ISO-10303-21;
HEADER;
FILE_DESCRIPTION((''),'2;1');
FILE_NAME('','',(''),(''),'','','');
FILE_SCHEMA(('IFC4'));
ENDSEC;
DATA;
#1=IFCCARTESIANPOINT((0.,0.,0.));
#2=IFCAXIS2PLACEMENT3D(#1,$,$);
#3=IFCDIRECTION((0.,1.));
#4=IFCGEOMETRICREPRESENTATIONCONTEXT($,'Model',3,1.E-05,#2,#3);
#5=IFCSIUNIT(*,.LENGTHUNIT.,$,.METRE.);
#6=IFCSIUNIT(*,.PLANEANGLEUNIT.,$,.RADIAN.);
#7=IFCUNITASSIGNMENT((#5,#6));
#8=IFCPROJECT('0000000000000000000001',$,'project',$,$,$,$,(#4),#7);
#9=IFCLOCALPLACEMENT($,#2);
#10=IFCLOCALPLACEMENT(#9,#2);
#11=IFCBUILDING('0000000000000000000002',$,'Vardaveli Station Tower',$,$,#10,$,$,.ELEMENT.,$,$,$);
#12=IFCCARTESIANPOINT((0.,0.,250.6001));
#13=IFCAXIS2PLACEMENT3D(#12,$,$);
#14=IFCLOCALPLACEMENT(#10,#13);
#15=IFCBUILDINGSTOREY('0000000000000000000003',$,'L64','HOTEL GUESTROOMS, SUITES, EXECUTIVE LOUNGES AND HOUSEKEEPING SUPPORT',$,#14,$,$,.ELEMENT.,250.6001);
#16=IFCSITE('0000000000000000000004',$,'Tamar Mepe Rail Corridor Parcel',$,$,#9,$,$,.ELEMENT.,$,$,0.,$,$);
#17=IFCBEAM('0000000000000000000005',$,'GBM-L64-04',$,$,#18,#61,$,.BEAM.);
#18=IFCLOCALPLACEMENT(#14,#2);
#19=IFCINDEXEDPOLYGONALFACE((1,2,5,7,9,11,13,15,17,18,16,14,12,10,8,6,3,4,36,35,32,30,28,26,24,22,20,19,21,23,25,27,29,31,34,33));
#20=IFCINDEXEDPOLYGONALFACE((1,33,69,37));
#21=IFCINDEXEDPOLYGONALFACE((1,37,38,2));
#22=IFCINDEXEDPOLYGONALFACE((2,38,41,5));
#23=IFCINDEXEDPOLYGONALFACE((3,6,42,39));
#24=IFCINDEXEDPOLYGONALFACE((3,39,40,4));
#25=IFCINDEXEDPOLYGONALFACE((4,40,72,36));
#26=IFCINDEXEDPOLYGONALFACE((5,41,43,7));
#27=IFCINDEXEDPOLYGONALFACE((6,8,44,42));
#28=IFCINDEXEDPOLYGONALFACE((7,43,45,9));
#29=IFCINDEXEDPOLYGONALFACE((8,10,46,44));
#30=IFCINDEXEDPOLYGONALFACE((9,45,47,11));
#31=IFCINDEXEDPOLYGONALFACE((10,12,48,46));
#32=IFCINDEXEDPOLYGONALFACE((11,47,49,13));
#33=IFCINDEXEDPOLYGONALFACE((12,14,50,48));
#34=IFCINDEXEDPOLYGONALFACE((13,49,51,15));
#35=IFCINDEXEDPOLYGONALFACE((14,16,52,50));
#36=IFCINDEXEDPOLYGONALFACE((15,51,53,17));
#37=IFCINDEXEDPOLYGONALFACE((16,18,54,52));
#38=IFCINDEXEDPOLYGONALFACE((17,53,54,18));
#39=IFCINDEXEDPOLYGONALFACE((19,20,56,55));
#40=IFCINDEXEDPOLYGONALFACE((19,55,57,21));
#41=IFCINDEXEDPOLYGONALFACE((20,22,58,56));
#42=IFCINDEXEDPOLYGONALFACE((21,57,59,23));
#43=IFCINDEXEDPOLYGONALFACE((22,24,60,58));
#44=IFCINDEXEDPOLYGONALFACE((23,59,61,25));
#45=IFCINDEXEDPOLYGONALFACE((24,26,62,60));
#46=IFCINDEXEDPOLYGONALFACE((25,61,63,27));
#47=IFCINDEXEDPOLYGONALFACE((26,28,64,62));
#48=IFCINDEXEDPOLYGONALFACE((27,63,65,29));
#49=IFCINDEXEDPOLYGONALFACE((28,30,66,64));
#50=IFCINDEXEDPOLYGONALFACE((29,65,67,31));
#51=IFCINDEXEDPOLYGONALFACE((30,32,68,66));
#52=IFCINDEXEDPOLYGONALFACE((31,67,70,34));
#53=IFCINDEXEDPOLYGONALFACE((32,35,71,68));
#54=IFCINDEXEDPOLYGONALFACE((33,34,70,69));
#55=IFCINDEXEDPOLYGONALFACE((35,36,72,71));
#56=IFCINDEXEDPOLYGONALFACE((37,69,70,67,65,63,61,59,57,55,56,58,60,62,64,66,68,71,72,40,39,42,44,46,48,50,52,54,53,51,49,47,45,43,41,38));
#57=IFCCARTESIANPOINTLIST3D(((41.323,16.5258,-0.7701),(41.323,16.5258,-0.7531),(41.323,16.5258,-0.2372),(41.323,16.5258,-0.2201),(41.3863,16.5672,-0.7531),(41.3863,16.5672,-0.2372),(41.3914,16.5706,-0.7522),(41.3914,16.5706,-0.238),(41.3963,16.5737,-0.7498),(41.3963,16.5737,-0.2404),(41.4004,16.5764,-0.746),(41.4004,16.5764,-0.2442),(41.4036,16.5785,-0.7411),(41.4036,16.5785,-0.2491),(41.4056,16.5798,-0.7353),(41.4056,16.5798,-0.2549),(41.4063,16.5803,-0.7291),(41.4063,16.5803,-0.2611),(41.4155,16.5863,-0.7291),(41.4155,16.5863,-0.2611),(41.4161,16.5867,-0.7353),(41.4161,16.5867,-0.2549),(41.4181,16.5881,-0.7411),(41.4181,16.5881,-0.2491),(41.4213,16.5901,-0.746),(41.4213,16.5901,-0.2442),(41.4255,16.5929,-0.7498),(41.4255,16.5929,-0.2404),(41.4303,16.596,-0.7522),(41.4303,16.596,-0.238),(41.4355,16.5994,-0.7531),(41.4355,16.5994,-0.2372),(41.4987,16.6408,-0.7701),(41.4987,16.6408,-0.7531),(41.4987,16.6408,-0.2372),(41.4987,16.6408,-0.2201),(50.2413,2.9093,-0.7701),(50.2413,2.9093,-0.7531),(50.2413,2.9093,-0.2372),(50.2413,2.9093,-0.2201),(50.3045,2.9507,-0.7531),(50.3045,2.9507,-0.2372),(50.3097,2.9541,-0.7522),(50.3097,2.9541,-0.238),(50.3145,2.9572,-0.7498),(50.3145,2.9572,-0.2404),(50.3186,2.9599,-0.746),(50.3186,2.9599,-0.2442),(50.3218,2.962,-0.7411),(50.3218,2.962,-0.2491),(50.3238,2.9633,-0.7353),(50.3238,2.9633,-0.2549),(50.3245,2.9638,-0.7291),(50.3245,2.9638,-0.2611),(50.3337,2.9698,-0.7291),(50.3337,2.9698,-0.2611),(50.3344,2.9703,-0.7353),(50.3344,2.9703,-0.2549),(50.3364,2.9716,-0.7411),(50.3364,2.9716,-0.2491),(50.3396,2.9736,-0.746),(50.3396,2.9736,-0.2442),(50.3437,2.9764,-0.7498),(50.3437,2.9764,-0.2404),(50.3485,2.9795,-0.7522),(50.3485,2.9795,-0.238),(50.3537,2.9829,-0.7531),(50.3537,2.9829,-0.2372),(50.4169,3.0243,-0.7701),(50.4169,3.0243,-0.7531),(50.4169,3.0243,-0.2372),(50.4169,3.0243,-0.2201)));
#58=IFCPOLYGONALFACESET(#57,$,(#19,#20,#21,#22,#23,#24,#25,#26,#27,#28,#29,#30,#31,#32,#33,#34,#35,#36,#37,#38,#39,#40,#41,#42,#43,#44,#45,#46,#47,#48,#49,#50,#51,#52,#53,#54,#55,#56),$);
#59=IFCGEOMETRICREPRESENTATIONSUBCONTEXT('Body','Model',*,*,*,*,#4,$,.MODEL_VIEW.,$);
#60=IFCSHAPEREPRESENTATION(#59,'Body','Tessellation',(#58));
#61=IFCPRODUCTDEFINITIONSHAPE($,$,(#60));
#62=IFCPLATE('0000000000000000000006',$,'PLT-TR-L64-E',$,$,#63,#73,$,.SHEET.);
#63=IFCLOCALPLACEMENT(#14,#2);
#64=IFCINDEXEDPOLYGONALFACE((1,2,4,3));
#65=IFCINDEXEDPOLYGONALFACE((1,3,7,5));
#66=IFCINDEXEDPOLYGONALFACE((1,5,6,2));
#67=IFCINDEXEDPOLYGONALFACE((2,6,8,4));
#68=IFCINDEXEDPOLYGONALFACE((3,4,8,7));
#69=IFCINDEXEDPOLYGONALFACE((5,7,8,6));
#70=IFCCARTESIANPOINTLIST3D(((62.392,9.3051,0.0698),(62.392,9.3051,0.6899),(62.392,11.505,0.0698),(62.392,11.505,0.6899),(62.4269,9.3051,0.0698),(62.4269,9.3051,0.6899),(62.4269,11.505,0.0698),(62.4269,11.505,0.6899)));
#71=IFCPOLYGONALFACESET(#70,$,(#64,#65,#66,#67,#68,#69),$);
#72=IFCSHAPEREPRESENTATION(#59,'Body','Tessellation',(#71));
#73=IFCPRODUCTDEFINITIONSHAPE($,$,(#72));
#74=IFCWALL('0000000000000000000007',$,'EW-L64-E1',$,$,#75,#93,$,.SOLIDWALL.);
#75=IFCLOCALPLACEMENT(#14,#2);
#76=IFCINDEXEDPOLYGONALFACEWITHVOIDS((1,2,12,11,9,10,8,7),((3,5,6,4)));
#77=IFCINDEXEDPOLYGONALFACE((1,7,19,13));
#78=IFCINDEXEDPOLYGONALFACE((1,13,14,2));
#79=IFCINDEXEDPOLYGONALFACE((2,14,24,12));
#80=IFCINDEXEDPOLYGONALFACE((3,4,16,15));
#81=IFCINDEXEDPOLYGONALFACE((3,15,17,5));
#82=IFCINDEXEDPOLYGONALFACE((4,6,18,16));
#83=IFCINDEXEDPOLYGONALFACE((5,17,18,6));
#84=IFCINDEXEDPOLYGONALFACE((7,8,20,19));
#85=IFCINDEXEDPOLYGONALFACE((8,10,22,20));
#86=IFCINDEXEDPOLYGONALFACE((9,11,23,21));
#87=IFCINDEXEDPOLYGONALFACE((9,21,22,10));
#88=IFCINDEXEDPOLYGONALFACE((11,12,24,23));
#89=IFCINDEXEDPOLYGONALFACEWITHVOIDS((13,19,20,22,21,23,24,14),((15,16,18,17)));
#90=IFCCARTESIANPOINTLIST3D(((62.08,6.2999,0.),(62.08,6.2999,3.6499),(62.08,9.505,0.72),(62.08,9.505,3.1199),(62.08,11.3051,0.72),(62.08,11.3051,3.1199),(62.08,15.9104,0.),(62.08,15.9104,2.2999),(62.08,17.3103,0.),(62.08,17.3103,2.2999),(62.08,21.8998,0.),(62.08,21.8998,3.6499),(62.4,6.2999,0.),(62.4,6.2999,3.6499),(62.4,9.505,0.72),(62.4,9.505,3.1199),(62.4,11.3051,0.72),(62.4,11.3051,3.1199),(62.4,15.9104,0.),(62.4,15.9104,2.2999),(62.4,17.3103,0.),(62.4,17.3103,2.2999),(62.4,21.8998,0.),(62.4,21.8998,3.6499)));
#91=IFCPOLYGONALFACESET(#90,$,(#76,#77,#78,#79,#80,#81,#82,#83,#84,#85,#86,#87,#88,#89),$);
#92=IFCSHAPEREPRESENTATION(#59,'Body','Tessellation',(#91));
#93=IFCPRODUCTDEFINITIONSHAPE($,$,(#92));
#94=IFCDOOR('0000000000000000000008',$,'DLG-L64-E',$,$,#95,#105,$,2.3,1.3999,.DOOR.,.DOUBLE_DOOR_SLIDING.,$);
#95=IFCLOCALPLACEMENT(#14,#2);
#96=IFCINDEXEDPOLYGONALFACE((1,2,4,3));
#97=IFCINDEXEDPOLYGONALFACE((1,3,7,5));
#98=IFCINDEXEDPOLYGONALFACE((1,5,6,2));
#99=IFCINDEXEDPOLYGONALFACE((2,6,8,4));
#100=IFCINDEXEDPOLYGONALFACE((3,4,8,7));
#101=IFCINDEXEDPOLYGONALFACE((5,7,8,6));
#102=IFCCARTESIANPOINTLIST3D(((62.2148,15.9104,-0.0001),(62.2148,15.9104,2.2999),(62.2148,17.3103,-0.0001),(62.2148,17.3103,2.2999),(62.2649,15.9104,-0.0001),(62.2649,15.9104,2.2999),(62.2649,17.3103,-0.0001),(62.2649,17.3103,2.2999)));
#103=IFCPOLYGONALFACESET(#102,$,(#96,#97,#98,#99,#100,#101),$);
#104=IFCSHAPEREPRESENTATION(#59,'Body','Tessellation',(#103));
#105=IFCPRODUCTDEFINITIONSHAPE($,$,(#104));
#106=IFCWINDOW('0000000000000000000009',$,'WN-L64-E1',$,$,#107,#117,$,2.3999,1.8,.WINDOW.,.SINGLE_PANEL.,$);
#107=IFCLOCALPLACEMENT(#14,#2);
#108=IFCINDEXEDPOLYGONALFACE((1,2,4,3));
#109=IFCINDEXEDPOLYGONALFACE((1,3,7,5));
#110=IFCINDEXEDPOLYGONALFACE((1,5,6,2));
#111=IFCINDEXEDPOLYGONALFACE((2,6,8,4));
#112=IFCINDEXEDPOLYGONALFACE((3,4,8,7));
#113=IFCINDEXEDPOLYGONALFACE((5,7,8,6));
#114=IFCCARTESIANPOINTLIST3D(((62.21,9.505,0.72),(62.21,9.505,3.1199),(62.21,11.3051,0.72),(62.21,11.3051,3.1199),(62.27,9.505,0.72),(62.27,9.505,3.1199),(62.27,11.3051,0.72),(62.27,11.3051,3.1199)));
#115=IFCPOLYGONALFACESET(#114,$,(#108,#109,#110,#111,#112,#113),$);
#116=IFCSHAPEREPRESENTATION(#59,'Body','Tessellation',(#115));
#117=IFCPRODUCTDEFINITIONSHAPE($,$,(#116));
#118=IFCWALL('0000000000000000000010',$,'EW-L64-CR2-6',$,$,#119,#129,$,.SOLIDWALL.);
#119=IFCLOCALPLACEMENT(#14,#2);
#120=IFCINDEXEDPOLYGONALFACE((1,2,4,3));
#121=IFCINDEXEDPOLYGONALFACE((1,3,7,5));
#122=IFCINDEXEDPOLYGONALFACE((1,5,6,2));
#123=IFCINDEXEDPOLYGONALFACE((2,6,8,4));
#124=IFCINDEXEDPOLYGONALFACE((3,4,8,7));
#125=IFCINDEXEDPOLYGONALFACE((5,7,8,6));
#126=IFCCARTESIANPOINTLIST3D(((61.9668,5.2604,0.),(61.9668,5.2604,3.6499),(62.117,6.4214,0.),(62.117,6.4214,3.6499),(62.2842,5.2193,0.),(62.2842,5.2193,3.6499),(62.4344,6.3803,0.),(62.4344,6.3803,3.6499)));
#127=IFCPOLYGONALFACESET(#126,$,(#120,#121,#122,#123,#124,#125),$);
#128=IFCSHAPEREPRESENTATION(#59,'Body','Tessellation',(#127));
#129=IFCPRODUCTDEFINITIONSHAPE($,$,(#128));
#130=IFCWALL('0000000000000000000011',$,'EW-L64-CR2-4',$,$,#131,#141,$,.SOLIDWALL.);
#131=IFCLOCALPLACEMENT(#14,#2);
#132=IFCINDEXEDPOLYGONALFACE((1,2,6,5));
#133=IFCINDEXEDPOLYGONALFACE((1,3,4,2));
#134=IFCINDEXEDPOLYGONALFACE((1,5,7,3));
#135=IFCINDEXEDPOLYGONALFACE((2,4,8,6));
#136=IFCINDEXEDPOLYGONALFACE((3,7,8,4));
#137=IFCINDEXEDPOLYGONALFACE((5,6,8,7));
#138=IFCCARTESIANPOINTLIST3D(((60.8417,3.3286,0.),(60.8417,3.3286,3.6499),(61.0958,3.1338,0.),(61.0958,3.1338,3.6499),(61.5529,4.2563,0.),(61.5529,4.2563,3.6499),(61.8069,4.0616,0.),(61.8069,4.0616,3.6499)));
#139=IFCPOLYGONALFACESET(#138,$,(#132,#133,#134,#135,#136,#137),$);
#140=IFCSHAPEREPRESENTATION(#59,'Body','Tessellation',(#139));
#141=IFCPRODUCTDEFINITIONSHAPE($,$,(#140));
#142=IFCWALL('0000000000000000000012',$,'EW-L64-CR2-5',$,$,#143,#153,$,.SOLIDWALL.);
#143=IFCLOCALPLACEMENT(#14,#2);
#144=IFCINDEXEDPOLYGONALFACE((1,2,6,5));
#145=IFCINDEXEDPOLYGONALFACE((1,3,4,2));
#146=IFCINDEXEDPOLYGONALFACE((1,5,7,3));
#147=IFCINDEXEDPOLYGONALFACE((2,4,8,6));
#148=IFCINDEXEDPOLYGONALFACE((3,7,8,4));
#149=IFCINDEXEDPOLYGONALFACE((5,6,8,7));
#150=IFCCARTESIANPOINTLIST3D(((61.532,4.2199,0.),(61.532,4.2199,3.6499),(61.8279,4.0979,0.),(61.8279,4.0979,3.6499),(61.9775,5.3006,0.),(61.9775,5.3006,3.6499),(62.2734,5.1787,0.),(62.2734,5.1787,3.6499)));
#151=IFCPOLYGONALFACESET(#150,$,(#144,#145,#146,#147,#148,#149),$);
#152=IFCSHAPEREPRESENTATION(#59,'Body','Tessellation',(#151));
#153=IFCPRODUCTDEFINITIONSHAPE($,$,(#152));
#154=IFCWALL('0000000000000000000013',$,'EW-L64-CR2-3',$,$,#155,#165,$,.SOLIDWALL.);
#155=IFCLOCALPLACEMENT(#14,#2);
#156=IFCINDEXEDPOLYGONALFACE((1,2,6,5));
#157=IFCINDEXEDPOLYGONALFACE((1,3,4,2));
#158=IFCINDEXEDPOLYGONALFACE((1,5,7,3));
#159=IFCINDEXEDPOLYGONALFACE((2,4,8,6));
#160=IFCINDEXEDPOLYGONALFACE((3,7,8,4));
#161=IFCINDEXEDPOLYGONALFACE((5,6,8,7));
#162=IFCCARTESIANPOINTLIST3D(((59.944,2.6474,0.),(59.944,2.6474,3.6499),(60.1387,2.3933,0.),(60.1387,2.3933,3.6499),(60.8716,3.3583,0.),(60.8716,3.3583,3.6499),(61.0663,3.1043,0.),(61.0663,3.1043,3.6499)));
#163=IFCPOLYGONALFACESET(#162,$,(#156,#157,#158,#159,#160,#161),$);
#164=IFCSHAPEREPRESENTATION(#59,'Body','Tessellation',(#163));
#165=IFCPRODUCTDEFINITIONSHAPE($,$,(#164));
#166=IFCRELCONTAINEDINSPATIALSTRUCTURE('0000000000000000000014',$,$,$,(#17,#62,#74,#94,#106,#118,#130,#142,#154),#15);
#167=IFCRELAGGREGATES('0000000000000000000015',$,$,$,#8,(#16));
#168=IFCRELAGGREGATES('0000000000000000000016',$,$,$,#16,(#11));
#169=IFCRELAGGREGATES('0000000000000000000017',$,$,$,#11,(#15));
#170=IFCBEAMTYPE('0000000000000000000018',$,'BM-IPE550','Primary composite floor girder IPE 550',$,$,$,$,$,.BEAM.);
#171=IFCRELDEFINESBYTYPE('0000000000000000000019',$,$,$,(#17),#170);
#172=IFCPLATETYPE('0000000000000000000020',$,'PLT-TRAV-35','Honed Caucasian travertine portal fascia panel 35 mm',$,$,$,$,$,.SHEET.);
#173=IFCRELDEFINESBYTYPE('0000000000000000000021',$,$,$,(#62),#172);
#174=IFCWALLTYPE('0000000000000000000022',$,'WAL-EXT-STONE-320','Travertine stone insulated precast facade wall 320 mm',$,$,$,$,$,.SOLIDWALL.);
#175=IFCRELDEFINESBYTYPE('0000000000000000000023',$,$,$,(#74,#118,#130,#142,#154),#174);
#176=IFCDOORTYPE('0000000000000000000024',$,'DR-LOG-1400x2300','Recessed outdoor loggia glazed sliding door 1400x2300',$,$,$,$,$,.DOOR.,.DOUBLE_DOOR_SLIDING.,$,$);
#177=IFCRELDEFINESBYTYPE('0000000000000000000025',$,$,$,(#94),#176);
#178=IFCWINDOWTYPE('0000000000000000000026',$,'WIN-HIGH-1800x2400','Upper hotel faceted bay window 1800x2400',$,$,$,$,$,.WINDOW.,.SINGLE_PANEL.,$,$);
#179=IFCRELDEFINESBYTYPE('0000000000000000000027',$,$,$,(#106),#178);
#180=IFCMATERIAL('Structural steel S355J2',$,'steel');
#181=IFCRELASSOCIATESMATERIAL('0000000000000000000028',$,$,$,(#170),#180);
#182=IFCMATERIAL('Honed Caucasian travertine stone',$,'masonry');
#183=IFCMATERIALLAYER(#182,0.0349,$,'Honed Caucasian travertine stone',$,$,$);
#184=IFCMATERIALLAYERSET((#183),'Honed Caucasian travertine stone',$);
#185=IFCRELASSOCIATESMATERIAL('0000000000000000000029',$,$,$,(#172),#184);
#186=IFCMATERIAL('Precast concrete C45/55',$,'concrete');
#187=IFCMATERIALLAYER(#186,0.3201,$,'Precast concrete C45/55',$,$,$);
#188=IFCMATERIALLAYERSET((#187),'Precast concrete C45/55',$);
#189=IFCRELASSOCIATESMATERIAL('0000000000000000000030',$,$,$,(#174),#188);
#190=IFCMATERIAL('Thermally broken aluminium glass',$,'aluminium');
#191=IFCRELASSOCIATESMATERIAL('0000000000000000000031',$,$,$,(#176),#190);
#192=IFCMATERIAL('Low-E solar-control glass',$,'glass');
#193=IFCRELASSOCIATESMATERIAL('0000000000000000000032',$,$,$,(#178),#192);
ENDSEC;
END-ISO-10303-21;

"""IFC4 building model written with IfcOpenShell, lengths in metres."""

from ifc_helpers import new_model, si_unit, direction, frame, frame_2d, origin, origin_2d, place, context, subcontext, project, spatial, rectangle, i_section, extrude, source, transform, mapped, material, layer, layer_set, material_profile, profile_set, type_object, element, fill, save


model = new_model("IFC4")

# Units and contexts
model_context = context("Model", 3, precision=1e-05, world=origin(), true_north=direction((0.0, 1.0)))
body_context = subcontext(model_context, "Body", "Model", "MODEL_VIEW")
ifc_project = project(units=[si_unit("LENGTHUNIT", "METRE"), si_unit("PLANEANGLEUNIT", "RADIAN")], contexts=[model_context])

# Site, building, storey
site_placement = place(None, origin())
site = spatial("IfcSite", under=ifc_project, at=site_placement, Name="Tamar Mepe Rail Corridor Parcel", CompositionType="ELEMENT", RefElevation=0.0)
building_placement = place(site_placement, origin())
building = spatial("IfcBuilding", under=site, at=building_placement, Name="Vardaveli Station Tower", CompositionType="ELEMENT")
storey_placement = place(building_placement, frame((0.0, 0.0, 250.6001)))
storey = spatial("IfcBuildingStorey", under=building, at=storey_placement, Name="L64", Description="HOTEL GUESTROOMS, SUITES, EXECUTIVE LOUNGES AND HOUSEKEEPING SUPPORT", CompositionType="ELEMENT", Elevation=250.6001)

# Beam
ifc_material_1 = material(Name="Precast concrete C45/55", Category="concrete")
ifc_material_2 = material(Name="Structural steel S355J2", Category="steel")
ifc_material_profile_1 = material_profile(ifc_material_2, i_section(OverallWidth=0.21, OverallDepth=0.55, WebThickness=0.011, FlangeThickness=0.0171, FilletRadius=0.0239, at=origin_2d()), Name="IPE 550")
ifc_profile_set_1 = profile_set([ifc_material_profile_1], Name="Structural steel S355J2")
beam_type_1 = type_object("IfcBeamType", Name="BM-IPE550", Description="Primary composite floor girder IPE 550", PredefinedType="BEAM", material=ifc_profile_set_1)
shared_shape_1 = source(origin(), body_context, "Body", "SweptSolid", [
    extrude(i_section(OverallWidth=0.21, OverallDepth=0.55, WebThickness=0.011, FlangeThickness=0.0171, FilletRadius=0.0239, at=origin_2d()), origin(), (0.0, 0.0, 1.0), 16.2771),
])
beam_1_placement = place(storey_placement, frame((50.3291, 2.9668, -0.4951), z_axis=(-0.547901, 0.836543, 0.0), x_axis=(-0.836543, -0.547901, 0.0)))
element("IfcBeam", 1, at=beam_1_placement, inside=storey, type_object=beam_type_1, Name="GBM-L64-04", PredefinedType="BEAM", context=body_context, shape_type="MappedRepresentation", body=[
    mapped(shared_shape_1, transform((0.0, 0.0, 0.0), scale=1.0)),
])

# Plate
ifc_material_3 = material(Name="Honed Caucasian travertine stone", Category="masonry")
ifc_layer_1 = layer(ifc_material_3, 0.0349, Name="Honed Caucasian travertine stone")
ifc_layer_set_1 = layer_set([ifc_layer_1], Name="Honed Caucasian travertine stone")
plate_type = type_object("IfcPlateType", Name="PLT-TRAV-35", Description="Honed Caucasian travertine portal fascia panel 35 mm", PredefinedType="SHEET", material=ifc_layer_set_1)
shared_shape_2 = source(origin(), body_context, "Body", "SweptSolid", [
    extrude(rectangle(XDim=2.2, YDim=0.0349, at=origin_2d()), origin(), (0.0, 0.0, 1.0), 0.6201),
])
plate_placement = place(storey_placement, frame((62.4094, 10.405, 0.0698), z_axis=(0.0, 0.0, 1.0), x_axis=(0.0, 1.0, 0.0)))
element("IfcPlate", 2, at=plate_placement, inside=storey, type_object=plate_type, Name="PLT-TR-L64-E", PredefinedType="SHEET", context=body_context, shape_type="MappedRepresentation", body=[
    mapped(shared_shape_2, transform((0.0, 0.0, 0.0), scale=1.0)),
])

# Wall, openings, door, window
ifc_layer_2 = layer(ifc_material_1, 0.3201, Name="Precast concrete C45/55")
ifc_layer_set_2 = layer_set([ifc_layer_2], Name="Precast concrete C45/55")
wall_type_1 = type_object("IfcWallType", Name="WAL-EXT-STONE-320", Description="Travertine stone insulated precast facade wall 320 mm", PredefinedType="SOLIDWALL", material=ifc_layer_set_2)
shared_shape_3 = source(origin(), body_context, "Body", "SweptSolid", [
    extrude(rectangle(XDim=15.5999, YDim=0.3201, at=frame_2d((7.7998, 0.0))), origin(), (0.0, 0.0, 1.0), 3.6499),
])
wall_1_placement = place(storey_placement, frame((62.24, 6.3, 0.0), z_axis=(0.0, 0.0, 1.0), x_axis=(0.0, 1.0, 0.0)))
wall_1 = element("IfcWall", 3, at=wall_1_placement, inside=storey, type_object=wall_type_1, Name="EW-L64-E1", PredefinedType="SOLIDWALL", context=body_context, shape_type="MappedRepresentation", body=[
    mapped(shared_shape_3, transform((0.0, 0.0, 0.0), scale=1.0)),
])
shared_shape_4 = source(origin(), body_context, "Body", "SweptSolid", [
    extrude(rectangle(XDim=1.3999, YDim=2.3, at=frame_2d((0.7, 1.1499))), frame((0.0, 0.1699, 0.0), z_axis=(0.0, -1.0, 0.0), x_axis=(1.0, 0.0, 0.0)), (0.0, 0.0, 1.0), 0.3401),
])
opening_1_placement = place(wall_1_placement, frame((9.6104, 0.0, 0.0)))
opening_1 = element("IfcOpeningElement", 4, at=opening_1_placement, cuts=wall_1, PredefinedType="OPENING", context=body_context, shape_type="MappedRepresentation", body=[
    mapped(shared_shape_4, transform((0.0, 0.0, 0.0), scale=1.0)),
])
shared_shape_5 = source(origin(), body_context, "Body", "SweptSolid", [
    extrude(rectangle(XDim=1.8, YDim=2.3999, at=frame_2d((0.8999, 1.2))), frame((0.0, 0.1699, 0.0), z_axis=(0.0, -1.0, 0.0), x_axis=(1.0, 0.0, 0.0)), (0.0, 0.0, 1.0), 0.3401),
])
opening_2_placement = place(wall_1_placement, frame((3.2051, 0.0, 0.72)))
opening_2 = element("IfcOpeningElement", 5, at=opening_2_placement, cuts=wall_1, PredefinedType="OPENING", context=body_context, shape_type="MappedRepresentation", body=[
    mapped(shared_shape_5, transform((0.0, 0.0, 0.0), scale=1.0)),
])
ifc_material_4 = material(Name="Thermally broken aluminium glass", Category="aluminium")
door_type_1 = type_object("IfcDoorType", Name="DR-LOG-1400x2300", Description="Recessed outdoor loggia glazed sliding door 1400x2300", OperationType="DOUBLE_DOOR_SLIDING", PredefinedType="DOOR", material=ifc_material_4)
shared_shape_6 = source(origin(), body_context, "Body", "SweptSolid", [
    extrude(rectangle(XDim=1.3999, YDim=2.3, at=frame_2d((0.7, 1.1499))), frame((0.0, 0.0249, 0.0), z_axis=(0.0, -1.0, 0.0), x_axis=(1.0, 0.0, 0.0)), (0.0, 0.0, 1.0), 0.05),
])
door_1_placement = place(opening_1_placement, frame((1.3999, 0.0, 0.0), z_axis=(0.0, 0.0, 1.0), x_axis=(-1.0, 0.0, 0.0)))
door_1 = element("IfcDoor", 6, at=door_1_placement, inside=storey, type_object=door_type_1, Name="DLG-L64-E", OperationType="DOUBLE_DOOR_SLIDING", OverallHeight=2.3, OverallWidth=1.3999, PredefinedType="DOOR", context=body_context, shape_type="MappedRepresentation", body=[
    mapped(shared_shape_6, transform((0.0, 0.0, 0.0), scale=1.0)),
])
fill(opening_1, door_1)
ifc_material_5 = material(Name="Low-E solar-control glass", Category="glass")
window_type = type_object("IfcWindowType", Name="WIN-HIGH-1800x2400", Description="Upper hotel faceted bay window 1800x2400", PartitioningType="SINGLE_PANEL", PredefinedType="WINDOW", material=ifc_material_5)
shared_shape_7 = source(origin(), body_context, "Body", "SweptSolid", [
    extrude(rectangle(XDim=1.8, YDim=2.3999, at=frame_2d((0.8999, 1.2))), frame((0.0, 0.03, 0.0), z_axis=(0.0, -1.0, 0.0), x_axis=(1.0, 0.0, 0.0)), (0.0, 0.0, 1.0), 0.0601),
])
window_placement = place(opening_2_placement, origin())
window = element("IfcWindow", 7, at=window_placement, inside=storey, type_object=window_type, Name="WN-L64-E1", OverallHeight=2.3999, OverallWidth=1.8, PartitioningType="SINGLE_PANEL", PredefinedType="WINDOW", context=body_context, shape_type="MappedRepresentation", body=[
    mapped(shared_shape_7, transform((0.0, 0.0, 0.0), scale=1.0)),
])
fill(opening_2, window)

# Walls
shared_shape_8 = source(origin(), body_context, "Body", "SweptSolid", [
    extrude(rectangle(XDim=1.1707, YDim=0.3201, at=frame_2d((0.5854, 0.0))), origin(), (0.0, 0.0, 1.0), 3.6499),
])
wall_2_placement = place(storey_placement, frame((62.1255, 5.2397, 0.0), z_axis=(0.0, 0.0, 1.0), x_axis=(0.128269, 0.991739, 0.0)))
element("IfcWall", 8, at=wall_2_placement, inside=storey, type_object=wall_type_1, Name="EW-L64-CR2-6", PredefinedType="SOLIDWALL", context=body_context, shape_type="MappedRepresentation", body=[
    mapped(shared_shape_8, transform((0.0, 0.0, 0.0), scale=1.0)),
])
shared_shape_9 = source(origin(), body_context, "Body", "SweptSolid", [
    extrude(rectangle(XDim=1.1689, YDim=0.3201, at=frame_2d((0.5845, 0.0))), origin(), (0.0, 0.0, 1.0), 3.6499),
])
for number, where, z_axis, x_axis, name in (
    (9, (60.9688, 3.2312, 0.0), (0.0, 0.0, 1.0), (0.608388, 0.79364, 0.0), "EW-L64-CR2-4"),
    (10, (61.6799, 4.1589, 0.0), (0.0, 0.0, 1.0), (0.381128, 0.924522, 0.0), "EW-L64-CR2-5"),
):
    element("IfcWall", number, at=place(storey_placement, frame(where, z_axis=z_axis, x_axis=x_axis)), inside=storey, type_object=wall_type_1, Name=name, PredefinedType="SOLIDWALL", context=body_context, shape_type="MappedRepresentation", body=[
        mapped(shared_shape_9, transform((0.0, 0.0, 0.0), scale=1.0)),
    ])
shared_shape_10 = source(origin(), body_context, "Body", "SweptSolid", [
    extrude(rectangle(XDim=1.1687, YDim=0.3201, at=frame_2d((0.5845, 0.0))), origin(), (0.0, 0.0, 1.0), 3.6499),
])
wall_3_placement = place(storey_placement, frame((60.0413, 2.5203, 0.0), z_axis=(0.0, 0.0, 1.0), x_axis=(0.793664, 0.608357, 0.0)))
element("IfcWall", 11, at=wall_3_placement, inside=storey, type_object=wall_type_1, Name="EW-L64-CR2-3", PredefinedType="SOLIDWALL", context=body_context, shape_type="MappedRepresentation", body=[
    mapped(shared_shape_10, transform((0.0, 0.0, 0.0), scale=1.0)),
])

save(model, "model.ifc")
